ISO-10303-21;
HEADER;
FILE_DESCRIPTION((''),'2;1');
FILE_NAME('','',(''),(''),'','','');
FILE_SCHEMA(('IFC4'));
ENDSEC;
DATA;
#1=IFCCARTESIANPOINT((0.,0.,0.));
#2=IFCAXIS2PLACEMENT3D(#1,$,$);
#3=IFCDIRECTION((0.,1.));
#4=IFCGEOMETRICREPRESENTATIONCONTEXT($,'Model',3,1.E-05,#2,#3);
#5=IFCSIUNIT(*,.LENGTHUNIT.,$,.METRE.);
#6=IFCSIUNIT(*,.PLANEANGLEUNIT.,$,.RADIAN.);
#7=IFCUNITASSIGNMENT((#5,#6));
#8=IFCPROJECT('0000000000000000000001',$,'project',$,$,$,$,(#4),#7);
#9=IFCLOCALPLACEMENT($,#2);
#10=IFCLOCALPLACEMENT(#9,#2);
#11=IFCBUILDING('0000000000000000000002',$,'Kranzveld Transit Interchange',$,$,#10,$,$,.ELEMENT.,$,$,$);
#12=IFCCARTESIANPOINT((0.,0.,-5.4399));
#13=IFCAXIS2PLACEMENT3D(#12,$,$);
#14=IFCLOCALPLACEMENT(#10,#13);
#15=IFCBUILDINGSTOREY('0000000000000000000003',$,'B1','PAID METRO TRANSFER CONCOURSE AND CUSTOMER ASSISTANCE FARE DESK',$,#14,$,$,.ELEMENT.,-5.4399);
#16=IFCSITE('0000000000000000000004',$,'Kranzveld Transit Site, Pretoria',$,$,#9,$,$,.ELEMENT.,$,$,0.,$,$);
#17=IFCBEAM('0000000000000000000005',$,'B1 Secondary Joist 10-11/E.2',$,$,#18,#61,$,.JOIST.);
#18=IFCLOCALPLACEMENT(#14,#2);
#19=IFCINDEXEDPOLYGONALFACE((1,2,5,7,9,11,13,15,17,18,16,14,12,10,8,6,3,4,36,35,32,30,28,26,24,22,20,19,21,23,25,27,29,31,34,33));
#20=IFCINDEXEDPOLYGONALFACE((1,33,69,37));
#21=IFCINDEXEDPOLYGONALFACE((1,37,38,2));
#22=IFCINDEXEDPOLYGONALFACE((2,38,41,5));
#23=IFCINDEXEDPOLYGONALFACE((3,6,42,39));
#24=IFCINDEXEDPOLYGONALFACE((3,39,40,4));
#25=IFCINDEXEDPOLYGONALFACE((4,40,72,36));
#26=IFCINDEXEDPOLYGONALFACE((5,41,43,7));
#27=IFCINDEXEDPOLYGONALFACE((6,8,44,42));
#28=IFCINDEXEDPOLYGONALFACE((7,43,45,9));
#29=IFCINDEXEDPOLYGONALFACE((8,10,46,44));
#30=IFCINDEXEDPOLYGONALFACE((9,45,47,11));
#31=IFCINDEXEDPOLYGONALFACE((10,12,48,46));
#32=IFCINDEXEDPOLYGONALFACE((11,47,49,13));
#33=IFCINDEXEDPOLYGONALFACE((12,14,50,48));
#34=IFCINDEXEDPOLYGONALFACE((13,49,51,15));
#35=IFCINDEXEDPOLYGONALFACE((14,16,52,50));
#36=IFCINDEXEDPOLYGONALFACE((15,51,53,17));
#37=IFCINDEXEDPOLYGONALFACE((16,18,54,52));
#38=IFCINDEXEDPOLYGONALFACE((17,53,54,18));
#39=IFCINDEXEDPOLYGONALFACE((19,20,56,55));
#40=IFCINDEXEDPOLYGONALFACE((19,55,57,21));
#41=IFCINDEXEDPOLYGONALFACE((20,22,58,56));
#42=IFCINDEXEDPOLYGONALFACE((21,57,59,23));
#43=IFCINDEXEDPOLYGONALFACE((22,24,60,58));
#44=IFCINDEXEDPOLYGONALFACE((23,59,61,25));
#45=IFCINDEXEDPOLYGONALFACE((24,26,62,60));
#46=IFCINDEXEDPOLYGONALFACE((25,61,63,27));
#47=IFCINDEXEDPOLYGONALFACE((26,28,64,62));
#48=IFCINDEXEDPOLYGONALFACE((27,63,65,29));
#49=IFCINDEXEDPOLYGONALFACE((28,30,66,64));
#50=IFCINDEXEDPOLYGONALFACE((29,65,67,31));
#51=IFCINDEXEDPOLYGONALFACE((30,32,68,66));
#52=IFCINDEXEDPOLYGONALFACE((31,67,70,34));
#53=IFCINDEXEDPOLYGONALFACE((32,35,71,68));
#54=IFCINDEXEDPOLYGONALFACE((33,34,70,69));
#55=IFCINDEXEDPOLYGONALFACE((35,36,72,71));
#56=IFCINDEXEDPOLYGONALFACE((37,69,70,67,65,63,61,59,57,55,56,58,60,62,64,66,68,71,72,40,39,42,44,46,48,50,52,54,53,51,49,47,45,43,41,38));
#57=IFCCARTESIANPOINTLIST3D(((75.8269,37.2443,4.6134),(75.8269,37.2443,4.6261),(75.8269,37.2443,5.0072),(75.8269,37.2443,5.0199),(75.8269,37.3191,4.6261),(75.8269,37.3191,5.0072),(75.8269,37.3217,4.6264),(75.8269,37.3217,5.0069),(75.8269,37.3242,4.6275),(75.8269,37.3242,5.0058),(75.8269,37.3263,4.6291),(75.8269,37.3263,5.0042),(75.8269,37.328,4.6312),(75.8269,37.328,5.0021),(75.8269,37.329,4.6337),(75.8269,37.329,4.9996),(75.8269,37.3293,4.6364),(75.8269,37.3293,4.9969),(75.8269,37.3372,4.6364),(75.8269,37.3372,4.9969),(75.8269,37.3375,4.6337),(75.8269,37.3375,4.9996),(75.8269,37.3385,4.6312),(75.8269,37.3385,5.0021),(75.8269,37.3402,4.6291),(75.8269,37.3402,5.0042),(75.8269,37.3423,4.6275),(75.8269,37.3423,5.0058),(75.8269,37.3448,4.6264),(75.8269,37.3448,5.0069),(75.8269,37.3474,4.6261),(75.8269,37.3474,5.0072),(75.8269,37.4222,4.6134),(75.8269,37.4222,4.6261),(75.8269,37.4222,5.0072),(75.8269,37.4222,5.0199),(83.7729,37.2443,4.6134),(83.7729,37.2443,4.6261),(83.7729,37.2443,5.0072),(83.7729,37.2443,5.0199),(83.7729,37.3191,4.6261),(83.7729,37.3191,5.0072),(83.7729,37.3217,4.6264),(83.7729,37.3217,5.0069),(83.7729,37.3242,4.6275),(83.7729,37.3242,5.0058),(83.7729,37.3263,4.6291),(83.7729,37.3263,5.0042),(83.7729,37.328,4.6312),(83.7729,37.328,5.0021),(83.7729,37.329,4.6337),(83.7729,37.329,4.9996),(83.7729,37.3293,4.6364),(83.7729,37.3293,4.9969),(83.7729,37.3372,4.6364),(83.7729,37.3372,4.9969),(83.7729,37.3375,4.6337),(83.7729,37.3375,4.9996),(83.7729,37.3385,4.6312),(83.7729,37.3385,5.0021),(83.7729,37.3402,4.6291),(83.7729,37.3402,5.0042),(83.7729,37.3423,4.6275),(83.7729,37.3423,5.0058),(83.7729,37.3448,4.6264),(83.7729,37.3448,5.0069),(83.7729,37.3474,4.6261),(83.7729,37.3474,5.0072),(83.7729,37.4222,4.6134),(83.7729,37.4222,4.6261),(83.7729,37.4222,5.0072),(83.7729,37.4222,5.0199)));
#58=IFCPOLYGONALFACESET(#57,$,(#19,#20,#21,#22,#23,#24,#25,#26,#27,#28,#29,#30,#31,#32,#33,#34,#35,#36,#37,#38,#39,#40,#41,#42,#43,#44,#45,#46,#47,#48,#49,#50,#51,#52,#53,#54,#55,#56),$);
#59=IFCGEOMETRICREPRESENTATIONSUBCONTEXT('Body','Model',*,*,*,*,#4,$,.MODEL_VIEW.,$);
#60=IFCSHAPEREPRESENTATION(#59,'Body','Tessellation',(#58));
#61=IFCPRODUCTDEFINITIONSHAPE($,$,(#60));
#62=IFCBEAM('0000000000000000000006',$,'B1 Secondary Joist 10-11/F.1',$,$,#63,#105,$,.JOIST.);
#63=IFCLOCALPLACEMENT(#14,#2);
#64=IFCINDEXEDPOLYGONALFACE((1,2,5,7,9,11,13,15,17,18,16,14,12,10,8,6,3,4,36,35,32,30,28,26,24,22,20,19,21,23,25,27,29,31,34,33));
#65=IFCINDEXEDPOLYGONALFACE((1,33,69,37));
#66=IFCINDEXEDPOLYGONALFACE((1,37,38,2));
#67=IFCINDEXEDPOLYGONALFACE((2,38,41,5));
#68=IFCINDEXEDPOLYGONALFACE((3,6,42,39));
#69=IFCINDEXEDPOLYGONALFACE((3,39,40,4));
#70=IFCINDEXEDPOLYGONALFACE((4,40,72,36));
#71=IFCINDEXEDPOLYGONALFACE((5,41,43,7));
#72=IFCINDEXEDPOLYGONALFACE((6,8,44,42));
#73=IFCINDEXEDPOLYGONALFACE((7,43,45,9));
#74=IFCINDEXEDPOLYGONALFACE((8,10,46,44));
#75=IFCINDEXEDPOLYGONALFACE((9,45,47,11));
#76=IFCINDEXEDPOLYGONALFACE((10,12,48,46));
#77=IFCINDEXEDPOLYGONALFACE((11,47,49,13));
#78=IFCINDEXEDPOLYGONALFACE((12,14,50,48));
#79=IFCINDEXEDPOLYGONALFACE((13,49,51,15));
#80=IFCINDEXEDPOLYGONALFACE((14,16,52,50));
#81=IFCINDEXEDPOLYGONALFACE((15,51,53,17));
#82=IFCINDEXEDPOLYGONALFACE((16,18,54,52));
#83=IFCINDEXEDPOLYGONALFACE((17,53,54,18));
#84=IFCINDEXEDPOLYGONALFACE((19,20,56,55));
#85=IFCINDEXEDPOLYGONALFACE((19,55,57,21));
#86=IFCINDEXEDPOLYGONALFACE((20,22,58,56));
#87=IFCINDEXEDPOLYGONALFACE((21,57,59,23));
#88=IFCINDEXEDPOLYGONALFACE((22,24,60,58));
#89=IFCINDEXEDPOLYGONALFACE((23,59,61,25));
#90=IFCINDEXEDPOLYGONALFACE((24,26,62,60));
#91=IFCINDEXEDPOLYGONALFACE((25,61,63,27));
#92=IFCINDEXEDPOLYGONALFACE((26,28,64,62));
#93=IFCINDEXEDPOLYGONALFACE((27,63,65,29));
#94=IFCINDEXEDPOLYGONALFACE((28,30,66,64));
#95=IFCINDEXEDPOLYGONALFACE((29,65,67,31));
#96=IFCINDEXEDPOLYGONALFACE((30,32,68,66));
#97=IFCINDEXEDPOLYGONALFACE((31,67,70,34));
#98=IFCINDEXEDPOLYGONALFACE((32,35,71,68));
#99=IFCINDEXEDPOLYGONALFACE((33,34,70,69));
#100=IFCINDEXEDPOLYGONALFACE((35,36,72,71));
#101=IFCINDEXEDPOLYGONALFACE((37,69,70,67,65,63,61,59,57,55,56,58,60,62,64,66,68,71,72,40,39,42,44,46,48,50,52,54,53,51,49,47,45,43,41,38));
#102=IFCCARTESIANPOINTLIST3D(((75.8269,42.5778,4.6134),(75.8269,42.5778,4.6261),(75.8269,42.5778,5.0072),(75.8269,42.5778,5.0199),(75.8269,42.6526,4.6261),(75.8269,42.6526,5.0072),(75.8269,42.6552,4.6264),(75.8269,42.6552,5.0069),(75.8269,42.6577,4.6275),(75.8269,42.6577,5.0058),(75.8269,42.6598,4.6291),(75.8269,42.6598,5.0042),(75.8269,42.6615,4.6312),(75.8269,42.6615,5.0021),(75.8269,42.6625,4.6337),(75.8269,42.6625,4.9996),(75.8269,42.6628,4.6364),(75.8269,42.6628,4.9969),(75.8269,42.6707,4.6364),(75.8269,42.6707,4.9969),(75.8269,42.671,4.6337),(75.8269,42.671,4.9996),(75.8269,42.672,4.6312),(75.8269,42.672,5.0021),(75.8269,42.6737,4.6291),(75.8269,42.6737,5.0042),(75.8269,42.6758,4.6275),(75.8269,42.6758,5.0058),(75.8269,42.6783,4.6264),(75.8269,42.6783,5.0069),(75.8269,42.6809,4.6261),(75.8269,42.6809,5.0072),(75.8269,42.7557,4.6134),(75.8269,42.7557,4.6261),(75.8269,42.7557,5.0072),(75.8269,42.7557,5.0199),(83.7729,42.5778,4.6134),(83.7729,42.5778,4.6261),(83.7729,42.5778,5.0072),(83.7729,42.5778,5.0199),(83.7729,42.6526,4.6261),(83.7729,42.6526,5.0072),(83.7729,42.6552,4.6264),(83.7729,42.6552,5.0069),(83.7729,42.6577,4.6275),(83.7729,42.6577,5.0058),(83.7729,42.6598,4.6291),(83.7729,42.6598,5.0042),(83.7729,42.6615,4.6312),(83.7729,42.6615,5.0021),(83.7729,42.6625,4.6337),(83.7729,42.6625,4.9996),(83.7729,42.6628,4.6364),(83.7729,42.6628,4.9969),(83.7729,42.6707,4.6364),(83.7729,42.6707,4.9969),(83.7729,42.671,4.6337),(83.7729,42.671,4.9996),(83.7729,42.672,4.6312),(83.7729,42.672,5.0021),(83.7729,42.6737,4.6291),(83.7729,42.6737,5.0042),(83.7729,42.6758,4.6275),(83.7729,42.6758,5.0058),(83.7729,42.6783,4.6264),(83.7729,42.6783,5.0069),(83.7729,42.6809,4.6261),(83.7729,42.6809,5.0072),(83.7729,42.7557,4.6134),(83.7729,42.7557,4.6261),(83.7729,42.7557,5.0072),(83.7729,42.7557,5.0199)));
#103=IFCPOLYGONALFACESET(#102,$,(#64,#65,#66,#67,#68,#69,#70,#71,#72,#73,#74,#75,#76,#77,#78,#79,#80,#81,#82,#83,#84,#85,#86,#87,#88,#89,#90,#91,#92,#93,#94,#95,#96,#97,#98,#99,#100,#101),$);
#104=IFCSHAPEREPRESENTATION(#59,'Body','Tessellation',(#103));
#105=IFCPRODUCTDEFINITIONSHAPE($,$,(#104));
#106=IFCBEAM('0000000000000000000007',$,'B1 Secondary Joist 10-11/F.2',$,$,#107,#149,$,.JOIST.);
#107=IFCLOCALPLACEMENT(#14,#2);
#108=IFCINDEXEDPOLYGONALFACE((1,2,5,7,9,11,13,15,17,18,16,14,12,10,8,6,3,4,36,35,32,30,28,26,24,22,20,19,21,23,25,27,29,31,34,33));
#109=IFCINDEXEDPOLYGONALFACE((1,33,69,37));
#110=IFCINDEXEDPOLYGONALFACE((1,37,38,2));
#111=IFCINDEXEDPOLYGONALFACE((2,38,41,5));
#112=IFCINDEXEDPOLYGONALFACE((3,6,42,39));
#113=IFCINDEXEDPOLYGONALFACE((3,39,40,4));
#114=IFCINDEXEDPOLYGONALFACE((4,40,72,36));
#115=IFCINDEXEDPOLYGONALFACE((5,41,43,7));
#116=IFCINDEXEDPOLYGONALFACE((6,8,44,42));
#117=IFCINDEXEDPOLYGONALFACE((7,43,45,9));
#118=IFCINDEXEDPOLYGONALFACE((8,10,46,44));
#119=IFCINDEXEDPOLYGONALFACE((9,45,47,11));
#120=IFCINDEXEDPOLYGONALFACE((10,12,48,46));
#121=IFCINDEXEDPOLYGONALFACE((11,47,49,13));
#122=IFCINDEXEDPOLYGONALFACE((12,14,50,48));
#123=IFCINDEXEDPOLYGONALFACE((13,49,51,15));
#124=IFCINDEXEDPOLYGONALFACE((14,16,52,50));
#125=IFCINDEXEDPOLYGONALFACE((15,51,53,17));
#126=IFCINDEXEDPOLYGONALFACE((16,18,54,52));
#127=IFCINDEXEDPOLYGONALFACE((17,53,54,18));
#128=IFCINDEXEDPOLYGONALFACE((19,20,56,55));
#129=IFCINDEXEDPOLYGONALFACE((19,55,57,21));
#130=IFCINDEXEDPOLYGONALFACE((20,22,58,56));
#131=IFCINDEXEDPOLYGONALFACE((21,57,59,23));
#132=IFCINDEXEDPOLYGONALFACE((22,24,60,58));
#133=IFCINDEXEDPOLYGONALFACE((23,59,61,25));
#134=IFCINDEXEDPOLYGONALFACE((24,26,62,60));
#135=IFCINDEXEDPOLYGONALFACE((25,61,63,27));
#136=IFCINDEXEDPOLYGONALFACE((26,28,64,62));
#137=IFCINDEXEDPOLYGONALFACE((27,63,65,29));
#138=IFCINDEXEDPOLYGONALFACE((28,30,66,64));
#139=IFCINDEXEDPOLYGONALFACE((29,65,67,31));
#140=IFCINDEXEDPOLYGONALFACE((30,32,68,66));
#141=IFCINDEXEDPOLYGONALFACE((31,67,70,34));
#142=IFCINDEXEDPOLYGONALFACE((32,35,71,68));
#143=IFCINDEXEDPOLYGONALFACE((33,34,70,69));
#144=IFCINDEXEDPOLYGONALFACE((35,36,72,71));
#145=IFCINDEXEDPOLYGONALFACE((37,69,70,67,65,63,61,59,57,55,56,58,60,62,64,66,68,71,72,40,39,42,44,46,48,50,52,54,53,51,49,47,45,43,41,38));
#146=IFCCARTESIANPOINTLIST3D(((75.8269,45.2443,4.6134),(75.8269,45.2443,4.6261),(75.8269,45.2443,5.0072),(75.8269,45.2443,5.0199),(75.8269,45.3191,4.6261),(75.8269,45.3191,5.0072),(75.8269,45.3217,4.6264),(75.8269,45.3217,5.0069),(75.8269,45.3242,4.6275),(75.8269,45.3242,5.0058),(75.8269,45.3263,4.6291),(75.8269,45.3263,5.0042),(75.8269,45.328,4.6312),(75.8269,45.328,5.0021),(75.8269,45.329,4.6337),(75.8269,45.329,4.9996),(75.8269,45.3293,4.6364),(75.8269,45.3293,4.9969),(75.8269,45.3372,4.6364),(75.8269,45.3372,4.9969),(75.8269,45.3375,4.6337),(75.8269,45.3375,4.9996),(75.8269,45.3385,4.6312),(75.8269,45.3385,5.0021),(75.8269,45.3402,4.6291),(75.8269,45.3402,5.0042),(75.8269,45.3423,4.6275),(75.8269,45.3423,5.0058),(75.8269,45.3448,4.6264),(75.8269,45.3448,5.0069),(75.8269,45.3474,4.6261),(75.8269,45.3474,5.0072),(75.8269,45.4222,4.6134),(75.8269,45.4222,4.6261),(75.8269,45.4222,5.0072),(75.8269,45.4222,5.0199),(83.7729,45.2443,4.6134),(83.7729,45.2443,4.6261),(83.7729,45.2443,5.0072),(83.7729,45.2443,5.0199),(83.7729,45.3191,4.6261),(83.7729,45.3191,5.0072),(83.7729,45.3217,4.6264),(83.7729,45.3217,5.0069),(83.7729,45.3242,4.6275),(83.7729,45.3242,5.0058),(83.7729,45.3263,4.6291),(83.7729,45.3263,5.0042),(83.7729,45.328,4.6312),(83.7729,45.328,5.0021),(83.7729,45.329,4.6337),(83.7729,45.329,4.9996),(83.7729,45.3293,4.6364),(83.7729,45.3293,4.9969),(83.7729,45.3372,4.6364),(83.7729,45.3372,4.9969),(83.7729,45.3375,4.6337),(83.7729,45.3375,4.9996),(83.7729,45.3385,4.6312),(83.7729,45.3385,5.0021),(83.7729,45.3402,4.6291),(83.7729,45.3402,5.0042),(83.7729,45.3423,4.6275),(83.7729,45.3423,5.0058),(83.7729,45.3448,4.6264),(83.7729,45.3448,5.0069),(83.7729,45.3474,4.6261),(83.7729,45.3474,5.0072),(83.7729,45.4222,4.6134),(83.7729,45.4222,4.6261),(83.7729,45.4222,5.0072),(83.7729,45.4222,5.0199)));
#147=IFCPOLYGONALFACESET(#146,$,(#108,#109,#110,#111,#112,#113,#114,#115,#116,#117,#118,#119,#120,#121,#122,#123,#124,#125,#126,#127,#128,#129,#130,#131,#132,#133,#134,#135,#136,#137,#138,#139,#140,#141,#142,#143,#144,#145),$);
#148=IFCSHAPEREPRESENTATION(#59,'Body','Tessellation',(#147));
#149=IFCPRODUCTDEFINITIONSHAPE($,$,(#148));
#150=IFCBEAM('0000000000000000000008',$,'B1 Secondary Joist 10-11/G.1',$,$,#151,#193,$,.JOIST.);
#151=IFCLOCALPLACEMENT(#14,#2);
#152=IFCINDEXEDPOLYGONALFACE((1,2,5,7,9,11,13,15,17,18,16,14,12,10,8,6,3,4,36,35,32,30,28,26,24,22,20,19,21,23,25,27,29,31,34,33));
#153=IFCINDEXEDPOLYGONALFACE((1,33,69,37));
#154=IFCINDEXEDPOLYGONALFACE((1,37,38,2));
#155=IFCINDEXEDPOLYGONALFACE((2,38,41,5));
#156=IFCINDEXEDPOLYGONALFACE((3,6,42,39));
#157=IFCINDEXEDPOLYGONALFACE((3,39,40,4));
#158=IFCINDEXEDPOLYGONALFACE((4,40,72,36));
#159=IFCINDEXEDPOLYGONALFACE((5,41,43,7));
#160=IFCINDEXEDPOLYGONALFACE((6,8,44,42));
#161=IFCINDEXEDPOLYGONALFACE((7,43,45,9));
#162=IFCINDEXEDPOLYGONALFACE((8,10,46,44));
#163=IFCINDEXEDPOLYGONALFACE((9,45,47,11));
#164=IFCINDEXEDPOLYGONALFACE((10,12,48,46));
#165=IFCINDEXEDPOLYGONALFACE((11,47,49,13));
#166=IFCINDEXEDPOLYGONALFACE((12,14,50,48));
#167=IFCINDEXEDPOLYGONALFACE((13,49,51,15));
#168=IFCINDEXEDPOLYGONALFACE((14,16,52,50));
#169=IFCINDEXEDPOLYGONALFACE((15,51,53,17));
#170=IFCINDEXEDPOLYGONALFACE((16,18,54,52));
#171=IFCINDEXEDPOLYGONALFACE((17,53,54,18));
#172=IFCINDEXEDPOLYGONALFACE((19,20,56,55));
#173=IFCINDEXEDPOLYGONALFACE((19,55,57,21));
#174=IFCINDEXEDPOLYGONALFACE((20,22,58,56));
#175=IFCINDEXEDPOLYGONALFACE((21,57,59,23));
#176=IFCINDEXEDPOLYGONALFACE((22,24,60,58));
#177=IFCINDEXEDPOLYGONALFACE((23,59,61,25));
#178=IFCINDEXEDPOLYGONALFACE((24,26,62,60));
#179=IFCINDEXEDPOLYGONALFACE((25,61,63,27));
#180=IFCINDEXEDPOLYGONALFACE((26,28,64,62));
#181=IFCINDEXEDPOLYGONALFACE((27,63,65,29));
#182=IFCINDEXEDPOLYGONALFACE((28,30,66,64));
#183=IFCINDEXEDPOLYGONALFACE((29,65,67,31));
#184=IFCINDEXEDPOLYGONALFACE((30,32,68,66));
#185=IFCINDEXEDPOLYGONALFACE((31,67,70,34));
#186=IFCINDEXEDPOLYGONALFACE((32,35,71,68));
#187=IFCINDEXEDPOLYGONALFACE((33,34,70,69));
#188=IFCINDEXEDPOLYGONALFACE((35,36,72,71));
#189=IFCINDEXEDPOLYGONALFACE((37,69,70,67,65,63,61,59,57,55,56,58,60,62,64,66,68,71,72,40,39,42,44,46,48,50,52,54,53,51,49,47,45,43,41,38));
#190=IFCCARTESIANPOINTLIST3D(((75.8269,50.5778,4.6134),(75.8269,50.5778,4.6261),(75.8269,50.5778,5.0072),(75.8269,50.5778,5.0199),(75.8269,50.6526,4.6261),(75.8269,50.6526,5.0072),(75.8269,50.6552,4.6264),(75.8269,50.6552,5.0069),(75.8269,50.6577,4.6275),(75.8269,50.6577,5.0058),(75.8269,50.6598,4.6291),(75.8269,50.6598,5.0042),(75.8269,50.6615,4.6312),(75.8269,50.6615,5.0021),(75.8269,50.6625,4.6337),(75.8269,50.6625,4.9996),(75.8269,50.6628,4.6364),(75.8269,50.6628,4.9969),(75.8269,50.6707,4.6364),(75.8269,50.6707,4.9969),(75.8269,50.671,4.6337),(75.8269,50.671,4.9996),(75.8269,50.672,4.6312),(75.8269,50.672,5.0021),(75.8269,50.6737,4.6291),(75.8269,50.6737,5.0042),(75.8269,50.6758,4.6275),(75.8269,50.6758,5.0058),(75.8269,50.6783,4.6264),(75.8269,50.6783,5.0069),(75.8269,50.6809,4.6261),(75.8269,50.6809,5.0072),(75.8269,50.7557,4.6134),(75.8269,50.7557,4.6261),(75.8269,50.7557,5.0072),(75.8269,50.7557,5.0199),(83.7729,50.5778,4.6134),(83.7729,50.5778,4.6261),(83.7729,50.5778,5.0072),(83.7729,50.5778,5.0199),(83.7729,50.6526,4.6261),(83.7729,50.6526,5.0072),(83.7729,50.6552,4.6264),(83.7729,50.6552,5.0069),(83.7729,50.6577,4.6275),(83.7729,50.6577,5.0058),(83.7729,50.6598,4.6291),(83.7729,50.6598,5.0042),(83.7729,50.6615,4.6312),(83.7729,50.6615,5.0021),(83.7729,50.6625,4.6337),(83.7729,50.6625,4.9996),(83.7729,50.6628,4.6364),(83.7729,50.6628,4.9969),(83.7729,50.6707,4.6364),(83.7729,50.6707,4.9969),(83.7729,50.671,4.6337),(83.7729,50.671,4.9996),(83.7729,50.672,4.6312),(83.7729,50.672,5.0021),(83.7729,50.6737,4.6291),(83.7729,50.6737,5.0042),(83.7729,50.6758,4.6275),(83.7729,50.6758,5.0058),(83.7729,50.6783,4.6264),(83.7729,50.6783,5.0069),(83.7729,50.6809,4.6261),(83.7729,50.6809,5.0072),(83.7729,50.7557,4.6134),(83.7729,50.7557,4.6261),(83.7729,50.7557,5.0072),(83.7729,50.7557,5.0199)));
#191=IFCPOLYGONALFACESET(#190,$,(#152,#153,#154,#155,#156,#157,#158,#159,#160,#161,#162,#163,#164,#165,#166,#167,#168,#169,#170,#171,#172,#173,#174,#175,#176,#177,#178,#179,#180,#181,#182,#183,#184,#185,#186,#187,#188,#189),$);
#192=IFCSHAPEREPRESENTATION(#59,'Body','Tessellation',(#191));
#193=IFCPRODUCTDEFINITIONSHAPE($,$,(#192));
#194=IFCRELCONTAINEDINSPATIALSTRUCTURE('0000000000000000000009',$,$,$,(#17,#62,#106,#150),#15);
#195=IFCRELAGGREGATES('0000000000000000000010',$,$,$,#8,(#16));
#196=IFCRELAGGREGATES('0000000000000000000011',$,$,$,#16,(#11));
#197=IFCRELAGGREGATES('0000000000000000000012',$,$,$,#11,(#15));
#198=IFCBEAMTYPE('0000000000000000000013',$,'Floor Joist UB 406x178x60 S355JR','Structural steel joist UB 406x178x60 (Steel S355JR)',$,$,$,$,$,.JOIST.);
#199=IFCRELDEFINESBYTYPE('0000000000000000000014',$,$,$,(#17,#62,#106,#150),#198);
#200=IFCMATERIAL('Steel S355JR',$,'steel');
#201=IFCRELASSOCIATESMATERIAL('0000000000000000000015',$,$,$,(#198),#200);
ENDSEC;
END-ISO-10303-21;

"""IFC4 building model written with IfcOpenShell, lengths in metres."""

from ifc_helpers import new_model, si_unit, direction, frame, origin, origin_2d, place, context, subcontext, project, spatial, i_section, extrude, material, material_profile, profile_set, type_object, element, save


model = new_model("IFC4")

# Units and contexts
model_context = context("Model", 3, precision=1e-05, world=origin(), true_north=direction((0.0, 1.0)))
body_context = subcontext(model_context, "Body", "Model", "MODEL_VIEW")
ifc_project = project(units=[si_unit("LENGTHUNIT", "METRE"), si_unit("PLANEANGLEUNIT", "RADIAN")], contexts=[model_context])

# Site, building, storey
site_placement = place(None, origin())
site = spatial("IfcSite", under=ifc_project, at=site_placement, Name="Kranzveld Transit Site, Pretoria", CompositionType="ELEMENT", RefElevation=0.0)
building_placement = place(site_placement, origin())
building = spatial("IfcBuilding", under=site, at=building_placement, Name="Kranzveld Transit Interchange", CompositionType="ELEMENT")
storey_placement = place(building_placement, frame((0.0, 0.0, -5.4399)))
storey = spatial("IfcBuildingStorey", under=building, at=storey_placement, Name="B1", Description="PAID METRO TRANSFER CONCOURSE AND CUSTOMER ASSISTANCE FARE DESK", CompositionType="ELEMENT", Elevation=-5.4399)

# Beams
ifc_material_1 = material(Name="Steel S355JR", Category="steel")
ifc_material_profile_1 = material_profile(ifc_material_1, i_section(OverallWidth=0.178, OverallDepth=0.4065, WebThickness=0.0078, FlangeThickness=0.0127, FilletRadius=0.0103, at=origin_2d()), Name="UB 406x178x60")
ifc_profile_set_1 = profile_set([ifc_material_profile_1], Name="Steel S355JR")
beam_type_1 = type_object("IfcBeamType", Name="Floor Joist UB 406x178x60 S355JR", Description="Structural steel joist UB 406x178x60 (Steel S355JR)", PredefinedType="JOIST", material=ifc_profile_set_1)
for number, where, z_axis, x_axis, name in (
    (1, (75.8269, 37.3333, 4.8167), (1.0, 0.0, 0.0), (0.0, 1.0, 0.0), "B1 Secondary Joist 10-11/E.2"),
    (2, (75.8269, 42.6667, 4.8167), (1.0, 0.0, 0.0), (0.0, 1.0, 0.0), "B1 Secondary Joist 10-11/F.1"),
    (3, (75.8269, 45.3333, 4.8167), (1.0, 0.0, 0.0), (0.0, 1.0, 0.0), "B1 Secondary Joist 10-11/F.2"),
    (4, (75.8269, 50.6667, 4.8167), (1.0, 0.0, 0.0), (0.0, 1.0, 0.0), "B1 Secondary Joist 10-11/G.1"),
):
    element("IfcBeam", number, at=place(storey_placement, frame(where, z_axis=z_axis, x_axis=x_axis)), inside=storey, type_object=beam_type_1, Name=name, PredefinedType="JOIST", context=body_context, shape_type="SweptSolid", body=[
        extrude(i_section(OverallWidth=0.178, OverallDepth=0.4065, WebThickness=0.0078, FlangeThickness=0.0127, FilletRadius=0.0103, at=origin_2d()), origin(), (0.0, 0.0, 1.0), 7.946),
    ])

save(model, "model.ifc")
